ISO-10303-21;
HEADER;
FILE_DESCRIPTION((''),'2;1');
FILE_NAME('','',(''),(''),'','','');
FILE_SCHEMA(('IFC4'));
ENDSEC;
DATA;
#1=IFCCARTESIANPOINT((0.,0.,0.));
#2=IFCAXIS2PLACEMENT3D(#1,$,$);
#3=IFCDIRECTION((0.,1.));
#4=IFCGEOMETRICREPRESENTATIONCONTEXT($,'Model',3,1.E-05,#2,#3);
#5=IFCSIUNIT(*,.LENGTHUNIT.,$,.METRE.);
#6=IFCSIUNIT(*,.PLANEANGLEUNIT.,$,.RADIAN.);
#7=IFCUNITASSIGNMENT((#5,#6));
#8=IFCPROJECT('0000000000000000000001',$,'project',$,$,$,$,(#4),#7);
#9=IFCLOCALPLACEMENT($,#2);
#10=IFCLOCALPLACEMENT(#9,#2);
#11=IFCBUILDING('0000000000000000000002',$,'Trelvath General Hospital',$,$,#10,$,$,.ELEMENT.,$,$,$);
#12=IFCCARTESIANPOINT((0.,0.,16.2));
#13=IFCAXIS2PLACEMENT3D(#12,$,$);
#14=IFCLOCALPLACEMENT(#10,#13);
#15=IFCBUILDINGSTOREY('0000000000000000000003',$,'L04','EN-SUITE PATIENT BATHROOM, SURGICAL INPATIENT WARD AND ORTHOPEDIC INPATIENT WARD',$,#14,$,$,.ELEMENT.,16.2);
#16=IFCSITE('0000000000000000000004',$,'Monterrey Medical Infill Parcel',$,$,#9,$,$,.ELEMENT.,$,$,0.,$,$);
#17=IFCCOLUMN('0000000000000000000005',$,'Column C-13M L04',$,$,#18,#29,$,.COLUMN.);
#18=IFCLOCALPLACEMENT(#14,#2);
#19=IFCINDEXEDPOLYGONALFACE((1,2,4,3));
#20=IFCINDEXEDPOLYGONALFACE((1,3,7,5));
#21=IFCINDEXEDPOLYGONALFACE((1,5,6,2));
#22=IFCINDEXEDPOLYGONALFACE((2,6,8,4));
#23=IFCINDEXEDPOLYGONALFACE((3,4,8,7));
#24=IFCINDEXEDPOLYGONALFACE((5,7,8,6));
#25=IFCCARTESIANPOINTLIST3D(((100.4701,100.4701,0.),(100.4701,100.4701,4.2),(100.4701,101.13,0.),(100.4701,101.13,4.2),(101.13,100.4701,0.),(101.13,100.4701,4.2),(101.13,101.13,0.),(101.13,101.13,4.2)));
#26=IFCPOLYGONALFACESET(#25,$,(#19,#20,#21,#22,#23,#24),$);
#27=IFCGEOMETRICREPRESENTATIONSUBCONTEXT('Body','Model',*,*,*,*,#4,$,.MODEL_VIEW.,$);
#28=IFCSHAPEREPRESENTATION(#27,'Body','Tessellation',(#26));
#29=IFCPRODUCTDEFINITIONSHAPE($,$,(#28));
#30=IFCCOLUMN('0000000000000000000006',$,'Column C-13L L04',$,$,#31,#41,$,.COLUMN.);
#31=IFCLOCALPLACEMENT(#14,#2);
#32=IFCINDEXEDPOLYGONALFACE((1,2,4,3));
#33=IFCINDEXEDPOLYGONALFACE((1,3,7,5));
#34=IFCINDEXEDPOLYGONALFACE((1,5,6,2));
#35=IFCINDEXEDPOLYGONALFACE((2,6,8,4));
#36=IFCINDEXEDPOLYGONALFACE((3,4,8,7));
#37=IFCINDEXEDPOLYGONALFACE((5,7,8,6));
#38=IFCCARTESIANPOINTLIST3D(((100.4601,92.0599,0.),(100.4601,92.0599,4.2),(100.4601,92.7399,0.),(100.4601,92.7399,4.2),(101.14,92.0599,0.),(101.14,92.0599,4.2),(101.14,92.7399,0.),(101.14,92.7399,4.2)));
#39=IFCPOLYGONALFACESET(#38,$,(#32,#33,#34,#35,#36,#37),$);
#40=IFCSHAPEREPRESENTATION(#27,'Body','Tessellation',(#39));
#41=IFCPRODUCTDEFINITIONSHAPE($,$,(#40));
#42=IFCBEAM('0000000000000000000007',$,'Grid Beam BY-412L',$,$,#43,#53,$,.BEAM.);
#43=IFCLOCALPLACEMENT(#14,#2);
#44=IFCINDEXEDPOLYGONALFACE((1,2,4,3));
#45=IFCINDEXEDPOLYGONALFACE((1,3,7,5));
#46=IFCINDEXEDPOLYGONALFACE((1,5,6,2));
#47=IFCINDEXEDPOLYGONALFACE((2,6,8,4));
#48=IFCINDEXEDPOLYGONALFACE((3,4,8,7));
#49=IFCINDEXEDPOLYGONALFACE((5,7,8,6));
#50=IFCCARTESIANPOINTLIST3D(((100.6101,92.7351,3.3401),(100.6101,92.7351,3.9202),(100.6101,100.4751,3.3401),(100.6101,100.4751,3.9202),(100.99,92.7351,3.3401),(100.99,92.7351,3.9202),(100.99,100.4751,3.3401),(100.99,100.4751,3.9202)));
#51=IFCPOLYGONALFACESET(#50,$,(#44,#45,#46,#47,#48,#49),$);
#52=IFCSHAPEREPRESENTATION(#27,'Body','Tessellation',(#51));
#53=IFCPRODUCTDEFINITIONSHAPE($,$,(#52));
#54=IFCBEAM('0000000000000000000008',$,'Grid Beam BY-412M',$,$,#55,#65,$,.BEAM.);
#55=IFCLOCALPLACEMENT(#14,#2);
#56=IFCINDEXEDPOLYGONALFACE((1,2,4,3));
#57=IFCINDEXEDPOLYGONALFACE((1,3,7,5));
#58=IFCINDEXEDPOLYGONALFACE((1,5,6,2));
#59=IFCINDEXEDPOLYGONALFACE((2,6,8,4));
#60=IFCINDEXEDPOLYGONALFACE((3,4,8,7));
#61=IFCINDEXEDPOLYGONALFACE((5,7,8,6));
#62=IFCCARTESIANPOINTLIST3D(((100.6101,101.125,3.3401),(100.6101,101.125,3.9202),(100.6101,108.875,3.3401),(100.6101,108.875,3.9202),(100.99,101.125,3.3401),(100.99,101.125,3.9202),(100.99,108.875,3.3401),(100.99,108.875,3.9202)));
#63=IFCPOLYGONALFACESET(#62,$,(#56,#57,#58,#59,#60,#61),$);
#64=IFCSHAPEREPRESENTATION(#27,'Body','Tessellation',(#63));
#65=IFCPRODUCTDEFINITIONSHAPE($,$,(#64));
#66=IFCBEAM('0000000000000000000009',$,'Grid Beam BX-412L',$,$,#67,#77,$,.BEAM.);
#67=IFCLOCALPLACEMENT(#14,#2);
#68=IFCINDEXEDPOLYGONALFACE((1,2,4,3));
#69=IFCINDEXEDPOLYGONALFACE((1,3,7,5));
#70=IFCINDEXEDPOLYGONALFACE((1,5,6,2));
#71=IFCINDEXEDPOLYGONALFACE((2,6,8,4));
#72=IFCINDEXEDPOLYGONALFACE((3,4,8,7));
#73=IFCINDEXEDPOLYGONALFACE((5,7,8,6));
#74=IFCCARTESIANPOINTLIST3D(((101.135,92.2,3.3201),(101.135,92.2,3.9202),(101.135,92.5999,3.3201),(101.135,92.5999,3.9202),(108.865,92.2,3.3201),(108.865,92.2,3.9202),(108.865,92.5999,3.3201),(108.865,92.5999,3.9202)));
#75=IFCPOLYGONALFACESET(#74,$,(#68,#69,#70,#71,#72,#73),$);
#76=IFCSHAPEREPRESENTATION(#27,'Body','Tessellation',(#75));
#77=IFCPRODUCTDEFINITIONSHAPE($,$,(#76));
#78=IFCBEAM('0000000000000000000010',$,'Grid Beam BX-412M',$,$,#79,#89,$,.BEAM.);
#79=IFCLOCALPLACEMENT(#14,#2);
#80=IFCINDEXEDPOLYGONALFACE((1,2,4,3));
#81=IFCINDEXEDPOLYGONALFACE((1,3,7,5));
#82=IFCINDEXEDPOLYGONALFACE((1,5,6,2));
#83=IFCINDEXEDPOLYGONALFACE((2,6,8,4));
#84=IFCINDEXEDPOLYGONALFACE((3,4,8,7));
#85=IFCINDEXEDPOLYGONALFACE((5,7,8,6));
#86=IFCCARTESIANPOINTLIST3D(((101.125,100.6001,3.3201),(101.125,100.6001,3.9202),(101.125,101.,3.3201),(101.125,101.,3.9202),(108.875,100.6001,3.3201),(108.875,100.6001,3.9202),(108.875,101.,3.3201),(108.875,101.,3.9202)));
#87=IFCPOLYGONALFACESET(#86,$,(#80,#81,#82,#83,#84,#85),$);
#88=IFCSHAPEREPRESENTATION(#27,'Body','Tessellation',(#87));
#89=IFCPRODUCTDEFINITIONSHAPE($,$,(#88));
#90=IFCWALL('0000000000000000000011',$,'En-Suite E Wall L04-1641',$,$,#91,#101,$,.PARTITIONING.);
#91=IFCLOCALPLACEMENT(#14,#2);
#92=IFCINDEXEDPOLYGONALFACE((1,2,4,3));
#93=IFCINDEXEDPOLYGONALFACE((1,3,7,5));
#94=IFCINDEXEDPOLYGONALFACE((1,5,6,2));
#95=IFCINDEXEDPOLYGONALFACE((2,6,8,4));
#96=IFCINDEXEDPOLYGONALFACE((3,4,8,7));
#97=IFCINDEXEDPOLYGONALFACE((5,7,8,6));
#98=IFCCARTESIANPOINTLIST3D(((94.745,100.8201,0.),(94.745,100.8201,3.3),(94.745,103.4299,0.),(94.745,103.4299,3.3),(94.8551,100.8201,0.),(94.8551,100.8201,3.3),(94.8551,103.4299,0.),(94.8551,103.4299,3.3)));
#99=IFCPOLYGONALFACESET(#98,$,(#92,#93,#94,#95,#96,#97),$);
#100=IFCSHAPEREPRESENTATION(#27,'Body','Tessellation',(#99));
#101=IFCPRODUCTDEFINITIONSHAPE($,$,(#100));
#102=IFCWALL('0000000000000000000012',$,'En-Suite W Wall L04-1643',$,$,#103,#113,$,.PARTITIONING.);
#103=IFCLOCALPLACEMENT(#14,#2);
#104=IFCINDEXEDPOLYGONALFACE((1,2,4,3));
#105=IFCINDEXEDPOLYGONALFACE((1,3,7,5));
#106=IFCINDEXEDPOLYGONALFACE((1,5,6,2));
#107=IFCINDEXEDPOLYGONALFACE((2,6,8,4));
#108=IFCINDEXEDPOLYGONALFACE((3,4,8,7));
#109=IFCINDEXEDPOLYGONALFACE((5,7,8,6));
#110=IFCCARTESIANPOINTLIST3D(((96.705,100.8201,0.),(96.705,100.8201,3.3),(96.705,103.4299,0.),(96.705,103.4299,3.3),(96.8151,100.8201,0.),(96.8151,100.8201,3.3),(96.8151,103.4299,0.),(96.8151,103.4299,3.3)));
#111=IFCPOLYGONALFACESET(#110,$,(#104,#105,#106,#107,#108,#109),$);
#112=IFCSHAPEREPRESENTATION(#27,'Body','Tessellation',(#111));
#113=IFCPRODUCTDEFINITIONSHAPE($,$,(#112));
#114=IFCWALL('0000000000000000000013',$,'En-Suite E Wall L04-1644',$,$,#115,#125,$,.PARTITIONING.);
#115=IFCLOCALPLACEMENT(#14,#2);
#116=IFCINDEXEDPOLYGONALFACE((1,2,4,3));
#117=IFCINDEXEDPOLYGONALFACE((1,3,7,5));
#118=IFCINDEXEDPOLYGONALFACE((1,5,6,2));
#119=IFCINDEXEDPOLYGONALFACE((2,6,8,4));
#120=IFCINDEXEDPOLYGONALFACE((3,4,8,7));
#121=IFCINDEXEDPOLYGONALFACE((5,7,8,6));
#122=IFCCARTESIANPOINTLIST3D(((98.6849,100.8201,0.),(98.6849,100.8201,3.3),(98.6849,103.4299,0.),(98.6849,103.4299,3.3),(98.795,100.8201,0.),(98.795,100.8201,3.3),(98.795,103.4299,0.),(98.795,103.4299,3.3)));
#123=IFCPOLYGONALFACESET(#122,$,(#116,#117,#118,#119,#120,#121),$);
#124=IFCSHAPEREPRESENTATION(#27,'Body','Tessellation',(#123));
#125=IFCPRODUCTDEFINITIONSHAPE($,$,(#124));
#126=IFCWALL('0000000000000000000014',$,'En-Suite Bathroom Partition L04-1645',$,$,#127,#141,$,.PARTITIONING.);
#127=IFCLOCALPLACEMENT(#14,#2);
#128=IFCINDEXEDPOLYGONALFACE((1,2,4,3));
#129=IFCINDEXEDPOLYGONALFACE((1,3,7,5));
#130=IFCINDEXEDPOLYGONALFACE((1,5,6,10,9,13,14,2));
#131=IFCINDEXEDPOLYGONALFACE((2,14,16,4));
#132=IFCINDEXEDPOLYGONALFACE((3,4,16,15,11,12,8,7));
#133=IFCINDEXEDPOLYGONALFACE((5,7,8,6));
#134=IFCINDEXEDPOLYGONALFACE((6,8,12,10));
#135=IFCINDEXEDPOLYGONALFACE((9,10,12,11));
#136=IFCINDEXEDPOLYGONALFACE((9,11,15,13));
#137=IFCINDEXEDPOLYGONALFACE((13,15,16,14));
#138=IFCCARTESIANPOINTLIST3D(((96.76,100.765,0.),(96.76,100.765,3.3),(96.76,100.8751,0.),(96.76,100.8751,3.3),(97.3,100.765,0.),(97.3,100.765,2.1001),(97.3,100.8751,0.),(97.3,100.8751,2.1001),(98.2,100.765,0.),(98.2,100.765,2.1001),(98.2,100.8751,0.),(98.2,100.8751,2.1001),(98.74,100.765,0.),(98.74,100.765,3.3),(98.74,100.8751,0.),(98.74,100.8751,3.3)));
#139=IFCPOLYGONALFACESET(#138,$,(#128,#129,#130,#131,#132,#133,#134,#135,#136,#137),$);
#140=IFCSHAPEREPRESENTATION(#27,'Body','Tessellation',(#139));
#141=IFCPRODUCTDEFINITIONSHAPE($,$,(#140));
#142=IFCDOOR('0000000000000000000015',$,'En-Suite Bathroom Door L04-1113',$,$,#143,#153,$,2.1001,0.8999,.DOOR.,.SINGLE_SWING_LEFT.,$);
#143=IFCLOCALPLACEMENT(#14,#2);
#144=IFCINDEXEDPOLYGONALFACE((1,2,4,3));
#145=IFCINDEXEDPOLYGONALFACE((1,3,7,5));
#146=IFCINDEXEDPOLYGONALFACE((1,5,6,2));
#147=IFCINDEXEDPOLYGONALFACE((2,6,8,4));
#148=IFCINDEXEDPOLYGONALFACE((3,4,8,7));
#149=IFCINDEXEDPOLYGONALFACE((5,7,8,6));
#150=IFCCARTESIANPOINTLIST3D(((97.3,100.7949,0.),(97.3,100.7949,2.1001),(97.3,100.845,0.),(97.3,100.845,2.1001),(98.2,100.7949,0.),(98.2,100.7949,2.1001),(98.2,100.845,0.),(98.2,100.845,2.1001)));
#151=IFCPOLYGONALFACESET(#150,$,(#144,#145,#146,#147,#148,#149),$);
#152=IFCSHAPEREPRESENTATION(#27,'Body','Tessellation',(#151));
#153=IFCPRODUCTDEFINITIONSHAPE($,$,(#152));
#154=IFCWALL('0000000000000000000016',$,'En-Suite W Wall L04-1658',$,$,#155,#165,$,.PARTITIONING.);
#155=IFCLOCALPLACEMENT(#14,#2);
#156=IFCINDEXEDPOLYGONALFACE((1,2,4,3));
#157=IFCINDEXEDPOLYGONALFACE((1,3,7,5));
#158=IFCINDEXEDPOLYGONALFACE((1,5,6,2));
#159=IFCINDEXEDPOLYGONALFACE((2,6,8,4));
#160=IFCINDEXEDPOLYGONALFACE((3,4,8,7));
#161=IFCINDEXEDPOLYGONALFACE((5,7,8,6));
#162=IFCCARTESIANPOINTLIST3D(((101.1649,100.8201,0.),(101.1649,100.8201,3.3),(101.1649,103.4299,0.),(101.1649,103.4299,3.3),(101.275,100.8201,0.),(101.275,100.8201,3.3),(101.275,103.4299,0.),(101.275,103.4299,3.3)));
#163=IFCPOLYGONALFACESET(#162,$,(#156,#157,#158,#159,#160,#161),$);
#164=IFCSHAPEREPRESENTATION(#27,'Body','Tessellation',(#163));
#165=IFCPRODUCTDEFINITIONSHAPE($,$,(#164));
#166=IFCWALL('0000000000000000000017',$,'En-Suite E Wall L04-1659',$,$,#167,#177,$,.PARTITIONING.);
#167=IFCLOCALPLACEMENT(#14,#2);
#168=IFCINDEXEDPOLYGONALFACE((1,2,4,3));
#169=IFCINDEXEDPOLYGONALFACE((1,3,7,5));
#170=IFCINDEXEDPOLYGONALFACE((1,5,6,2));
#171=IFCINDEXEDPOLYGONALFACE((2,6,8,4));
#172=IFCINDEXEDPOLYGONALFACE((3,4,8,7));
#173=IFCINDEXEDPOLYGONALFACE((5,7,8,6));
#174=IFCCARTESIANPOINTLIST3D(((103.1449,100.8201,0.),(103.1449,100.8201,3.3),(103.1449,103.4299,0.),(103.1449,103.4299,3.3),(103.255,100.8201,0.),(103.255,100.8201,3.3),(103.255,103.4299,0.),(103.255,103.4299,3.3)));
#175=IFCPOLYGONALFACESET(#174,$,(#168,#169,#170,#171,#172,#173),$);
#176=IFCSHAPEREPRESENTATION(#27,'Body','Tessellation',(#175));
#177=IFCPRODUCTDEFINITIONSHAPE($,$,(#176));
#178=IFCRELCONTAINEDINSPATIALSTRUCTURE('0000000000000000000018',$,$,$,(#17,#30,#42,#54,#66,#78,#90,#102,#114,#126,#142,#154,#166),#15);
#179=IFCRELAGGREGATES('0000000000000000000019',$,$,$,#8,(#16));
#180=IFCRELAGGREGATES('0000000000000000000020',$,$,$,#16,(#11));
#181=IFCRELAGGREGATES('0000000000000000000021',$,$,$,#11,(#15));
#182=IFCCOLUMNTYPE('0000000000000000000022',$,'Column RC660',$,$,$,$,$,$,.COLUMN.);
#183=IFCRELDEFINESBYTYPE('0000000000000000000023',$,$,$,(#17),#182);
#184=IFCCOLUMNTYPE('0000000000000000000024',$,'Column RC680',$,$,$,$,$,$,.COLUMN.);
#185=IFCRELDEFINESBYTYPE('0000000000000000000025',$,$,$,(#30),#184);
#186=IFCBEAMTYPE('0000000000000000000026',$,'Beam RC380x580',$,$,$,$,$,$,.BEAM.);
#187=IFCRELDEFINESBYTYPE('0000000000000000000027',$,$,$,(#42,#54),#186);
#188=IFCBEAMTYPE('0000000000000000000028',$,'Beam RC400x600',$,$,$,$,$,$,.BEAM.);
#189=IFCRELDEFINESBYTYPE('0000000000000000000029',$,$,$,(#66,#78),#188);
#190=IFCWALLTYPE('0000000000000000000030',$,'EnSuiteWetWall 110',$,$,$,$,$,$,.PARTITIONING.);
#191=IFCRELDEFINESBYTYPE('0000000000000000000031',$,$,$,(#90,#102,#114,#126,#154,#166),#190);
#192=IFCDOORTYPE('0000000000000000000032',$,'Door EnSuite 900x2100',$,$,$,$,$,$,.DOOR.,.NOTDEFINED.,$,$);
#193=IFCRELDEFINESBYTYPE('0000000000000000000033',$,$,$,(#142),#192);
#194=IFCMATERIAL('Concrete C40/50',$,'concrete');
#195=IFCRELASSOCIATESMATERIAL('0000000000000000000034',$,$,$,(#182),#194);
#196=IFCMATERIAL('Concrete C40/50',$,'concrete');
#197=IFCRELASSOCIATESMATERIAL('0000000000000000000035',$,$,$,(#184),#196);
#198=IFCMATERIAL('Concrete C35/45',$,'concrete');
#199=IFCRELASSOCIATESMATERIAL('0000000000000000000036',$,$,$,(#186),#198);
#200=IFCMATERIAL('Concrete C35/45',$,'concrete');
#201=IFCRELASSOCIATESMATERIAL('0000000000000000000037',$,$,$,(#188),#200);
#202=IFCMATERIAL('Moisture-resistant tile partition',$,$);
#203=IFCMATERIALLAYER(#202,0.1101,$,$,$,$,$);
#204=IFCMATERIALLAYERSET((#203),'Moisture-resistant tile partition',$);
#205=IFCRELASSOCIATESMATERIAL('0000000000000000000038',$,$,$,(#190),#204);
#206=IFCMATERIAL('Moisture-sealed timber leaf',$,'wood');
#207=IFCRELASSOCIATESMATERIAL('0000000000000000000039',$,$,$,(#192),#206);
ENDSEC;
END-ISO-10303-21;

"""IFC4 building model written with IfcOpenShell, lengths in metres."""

from ifc_helpers import new_model, si_unit, direction, frame, frame_2d, origin, origin_2d, place, context, subcontext, project, spatial, rectangle, extrude, material, layer, layer_set, material_profile, profile_set, type_object, element, fill, save


model = new_model("IFC4")

# Units and contexts
model_context = context("Model", 3, precision=1e-05, world=origin(), true_north=direction((0.0, 1.0)))
body_context = subcontext(model_context, "Body", "Model", "MODEL_VIEW")
ifc_project = project(units=[si_unit("LENGTHUNIT", "METRE"), si_unit("PLANEANGLEUNIT", "RADIAN")], contexts=[model_context])

# Site, building, storey
site_placement = place(None, origin())
site = spatial("IfcSite", under=ifc_project, at=site_placement, Name="Monterrey Medical Infill Parcel", CompositionType="ELEMENT", RefElevation=0.0)
building_placement = place(site_placement, origin())
building = spatial("IfcBuilding", under=site, at=building_placement, Name="Trelvath General Hospital", CompositionType="ELEMENT")
storey_placement = place(building_placement, frame((0.0, 0.0, 16.2)))
storey = spatial("IfcBuildingStorey", under=building, at=storey_placement, Name="L04", Description="EN-SUITE PATIENT BATHROOM, SURGICAL INPATIENT WARD AND ORTHOPEDIC INPATIENT WARD", CompositionType="ELEMENT", Elevation=16.2)

# Columns
ifc_material_1 = material(Name="Concrete C40/50", Category="concrete")
ifc_material_profile_1 = material_profile(ifc_material_1, rectangle(XDim=0.6599, YDim=0.6599, at=origin_2d()), Name="RC660x660")
ifc_profile_set_1 = profile_set([ifc_material_profile_1], Name="Concrete C40/50")
column_type_1 = type_object("IfcColumnType", Name="Column RC660", PredefinedType="COLUMN", material=ifc_profile_set_1)
column_1_placement = place(storey_placement, frame((100.8, 100.8, 0.0), z_axis=(0.0, 0.0, 1.0), x_axis=(1.0, 0.0, 0.0)))
element("IfcColumn", 1, at=column_1_placement, inside=storey, type_object=column_type_1, Name="Column C-13M L04", PredefinedType="COLUMN", context=body_context, shape_type="SweptSolid", body=[
    extrude(rectangle(XDim=0.6599, YDim=0.6599, at=origin_2d()), origin(), (0.0, 0.0, 1.0), 4.2),
])
ifc_material_2 = material(Name="Concrete C40/50", Category="concrete")
ifc_material_profile_2 = material_profile(ifc_material_2, rectangle(XDim=0.6799, YDim=0.6799, at=origin_2d()), Name="RC680x680")
ifc_profile_set_2 = profile_set([ifc_material_profile_2], Name="Concrete C40/50")
column_type_2 = type_object("IfcColumnType", Name="Column RC680", PredefinedType="COLUMN", material=ifc_profile_set_2)
column_2_placement = place(storey_placement, frame((100.8, 92.3999, 0.0), z_axis=(0.0, 0.0, 1.0), x_axis=(1.0, 0.0, 0.0)))
element("IfcColumn", 2, at=column_2_placement, inside=storey, type_object=column_type_2, Name="Column C-13L L04", PredefinedType="COLUMN", context=body_context, shape_type="SweptSolid", body=[
    extrude(rectangle(XDim=0.6799, YDim=0.6799, at=origin_2d()), origin(), (0.0, 0.0, 1.0), 4.2),
])

# Beams
ifc_material_3 = material(Name="Concrete C35/45", Category="concrete")
ifc_material_profile_3 = material_profile(ifc_material_3, rectangle(XDim=0.3799, YDim=0.5801, at=origin_2d()), Name="RCB380x580")
ifc_profile_set_3 = profile_set([ifc_material_profile_3], Name="Concrete C35/45")
beam_type_1 = type_object("IfcBeamType", Name="Beam RC380x580", PredefinedType="BEAM", material=ifc_profile_set_3)
beam_1_placement = place(storey_placement, frame((100.8, 92.7351, 3.6301), z_axis=(0.0, 1.0, 0.0), x_axis=(-1.0, 0.0, 0.0)))
element("IfcBeam", 3, at=beam_1_placement, inside=storey, type_object=beam_type_1, Name="Grid Beam BY-412L", PredefinedType="BEAM", context=body_context, shape_type="SweptSolid", body=[
    extrude(rectangle(XDim=0.3799, YDim=0.5801, at=origin_2d()), origin(), (0.0, 0.0, 1.0), 7.74),
])
beam_2_placement = place(storey_placement, frame((100.8, 101.125, 3.6301), z_axis=(0.0, 1.0, 0.0), x_axis=(-1.0, 0.0, 0.0)))
element("IfcBeam", 4, at=beam_2_placement, inside=storey, type_object=beam_type_1, Name="Grid Beam BY-412M", PredefinedType="BEAM", context=body_context, shape_type="SweptSolid", body=[
    extrude(rectangle(XDim=0.3799, YDim=0.5801, at=origin_2d()), origin(), (0.0, 0.0, 1.0), 7.75),
])
ifc_material_4 = material(Name="Concrete C35/45", Category="concrete")
ifc_material_profile_4 = material_profile(ifc_material_4, rectangle(XDim=0.3999, YDim=0.6001, at=origin_2d()), Name="RCB400x600")
ifc_profile_set_4 = profile_set([ifc_material_profile_4], Name="Concrete C35/45")
beam_type_2 = type_object("IfcBeamType", Name="Beam RC400x600", PredefinedType="BEAM", material=ifc_profile_set_4)
beam_3_placement = place(storey_placement, frame((101.135, 92.3999, 3.6201), z_axis=(1.0, 0.0, 0.0), x_axis=(0.0, 1.0, 0.0)))
element("IfcBeam", 5, at=beam_3_placement, inside=storey, type_object=beam_type_2, Name="Grid Beam BX-412L", PredefinedType="BEAM", context=body_context, shape_type="SweptSolid", body=[
    extrude(rectangle(XDim=0.3999, YDim=0.6001, at=origin_2d()), origin(), (0.0, 0.0, 1.0), 7.73),
])
beam_4_placement = place(storey_placement, frame((101.125, 100.8, 3.6201), z_axis=(1.0, 0.0, 0.0), x_axis=(0.0, 1.0, 0.0)))
element("IfcBeam", 6, at=beam_4_placement, inside=storey, type_object=beam_type_2, Name="Grid Beam BX-412M", PredefinedType="BEAM", context=body_context, shape_type="SweptSolid", body=[
    extrude(rectangle(XDim=0.3999, YDim=0.6001, at=origin_2d()), origin(), (0.0, 0.0, 1.0), 7.75),
])

# Walls
ifc_material_5 = material(Name="Moisture-resistant tile partition")
ifc_layer_1 = layer(ifc_material_5, 0.1101)
ifc_layer_set_1 = layer_set([ifc_layer_1], Name="Moisture-resistant tile partition")
wall_type_1 = type_object("IfcWallType", Name="EnSuiteWetWall 110", PredefinedType="PARTITIONING", material=ifc_layer_set_1)
for number, where, z_axis, x_axis, name in (
    (7, (94.8, 100.8201, 0.0), (0.0, 0.0, 1.0), (0.0, 1.0, 0.0), "En-Suite E Wall L04-1641"),
    (8, (96.76, 100.8201, 0.0), (0.0, 0.0, 1.0), (0.0, 1.0, 0.0), "En-Suite W Wall L04-1643"),
    (9, (98.74, 100.8201, 0.0), (0.0, 0.0, 1.0), (0.0, 1.0, 0.0), "En-Suite E Wall L04-1644"),
):
    element("IfcWall", number, at=place(storey_placement, frame(where, z_axis=z_axis, x_axis=x_axis)), inside=storey, type_object=wall_type_1, Name=name, PredefinedType="PARTITIONING", context=body_context, shape_type="SweptSolid", body=[
        extrude(rectangle(XDim=2.6099, YDim=0.1101, at=frame_2d((1.3049, 0.0))), origin(), (0.0, 0.0, 1.0), 3.3),
    ])

# Wall, opening, door
wall_1_placement = place(storey_placement, frame((96.76, 100.8201, 0.0), z_axis=(0.0, 0.0, 1.0), x_axis=(1.0, 0.0, 0.0)))
wall_1 = element("IfcWall", 10, at=wall_1_placement, inside=storey, type_object=wall_type_1, Name="En-Suite Bathroom Partition L04-1645", PredefinedType="PARTITIONING", context=body_context, shape_type="SweptSolid", body=[
    extrude(rectangle(XDim=1.98, YDim=0.1101, at=frame_2d((0.99, 0.0))), origin(), (0.0, 0.0, 1.0), 3.3),
])
opening_1_placement = place(wall_1_placement, frame((0.54, 0.0, 0.0)))
opening_1 = element("IfcOpeningElement", 11, at=opening_1_placement, cuts=wall_1, PredefinedType="OPENING", context=body_context, shape_type="SweptSolid", body=[
    extrude(rectangle(XDim=0.8999, YDim=2.1001, at=frame_2d((0.45, 1.05))), frame((0.0, 0.0649, 0.0), z_axis=(0.0, -1.0, 0.0), x_axis=(1.0, 0.0, 0.0)), (0.0, 0.0, 1.0), 0.1301),
])
ifc_material_6 = material(Name="Moisture-sealed timber leaf", Category="wood")
door_type = type_object("IfcDoorType", Name="Door EnSuite 900x2100", OperationType="NOTDEFINED", PredefinedType="DOOR", material=ifc_material_6)
door_1_placement = place(opening_1_placement, origin())
door_1 = element("IfcDoor", 12, at=door_1_placement, inside=storey, type_object=door_type, Name="En-Suite Bathroom Door L04-1113", OperationType="SINGLE_SWING_LEFT", OverallHeight=2.1001, OverallWidth=0.8999, PredefinedType="DOOR", context=body_context, shape_type="SweptSolid", body=[
    extrude(rectangle(XDim=0.8999, YDim=2.1001, at=frame_2d((0.45, 1.05))), frame((0.0, 0.0249, 0.0), z_axis=(0.0, -1.0, 0.0), x_axis=(1.0, 0.0, 0.0)), (0.0, 0.0, 1.0), 0.05),
])
fill(opening_1, door_1)

# Walls
for number, where, z_axis, x_axis, name in (
    (13, (101.22, 100.8201, 0.0), (0.0, 0.0, 1.0), (0.0, 1.0, 0.0), "En-Suite W Wall L04-1658"),
    (14, (103.2, 100.8201, 0.0), (0.0, 0.0, 1.0), (0.0, 1.0, 0.0), "En-Suite E Wall L04-1659"),
):
    element("IfcWall", number, at=place(storey_placement, frame(where, z_axis=z_axis, x_axis=x_axis)), inside=storey, type_object=wall_type_1, Name=name, PredefinedType="PARTITIONING", context=body_context, shape_type="SweptSolid", body=[
        extrude(rectangle(XDim=2.6099, YDim=0.1101, at=frame_2d((1.3049, 0.0))), origin(), (0.0, 0.0, 1.0), 3.3),
    ])

save(model, "model.ifc")
